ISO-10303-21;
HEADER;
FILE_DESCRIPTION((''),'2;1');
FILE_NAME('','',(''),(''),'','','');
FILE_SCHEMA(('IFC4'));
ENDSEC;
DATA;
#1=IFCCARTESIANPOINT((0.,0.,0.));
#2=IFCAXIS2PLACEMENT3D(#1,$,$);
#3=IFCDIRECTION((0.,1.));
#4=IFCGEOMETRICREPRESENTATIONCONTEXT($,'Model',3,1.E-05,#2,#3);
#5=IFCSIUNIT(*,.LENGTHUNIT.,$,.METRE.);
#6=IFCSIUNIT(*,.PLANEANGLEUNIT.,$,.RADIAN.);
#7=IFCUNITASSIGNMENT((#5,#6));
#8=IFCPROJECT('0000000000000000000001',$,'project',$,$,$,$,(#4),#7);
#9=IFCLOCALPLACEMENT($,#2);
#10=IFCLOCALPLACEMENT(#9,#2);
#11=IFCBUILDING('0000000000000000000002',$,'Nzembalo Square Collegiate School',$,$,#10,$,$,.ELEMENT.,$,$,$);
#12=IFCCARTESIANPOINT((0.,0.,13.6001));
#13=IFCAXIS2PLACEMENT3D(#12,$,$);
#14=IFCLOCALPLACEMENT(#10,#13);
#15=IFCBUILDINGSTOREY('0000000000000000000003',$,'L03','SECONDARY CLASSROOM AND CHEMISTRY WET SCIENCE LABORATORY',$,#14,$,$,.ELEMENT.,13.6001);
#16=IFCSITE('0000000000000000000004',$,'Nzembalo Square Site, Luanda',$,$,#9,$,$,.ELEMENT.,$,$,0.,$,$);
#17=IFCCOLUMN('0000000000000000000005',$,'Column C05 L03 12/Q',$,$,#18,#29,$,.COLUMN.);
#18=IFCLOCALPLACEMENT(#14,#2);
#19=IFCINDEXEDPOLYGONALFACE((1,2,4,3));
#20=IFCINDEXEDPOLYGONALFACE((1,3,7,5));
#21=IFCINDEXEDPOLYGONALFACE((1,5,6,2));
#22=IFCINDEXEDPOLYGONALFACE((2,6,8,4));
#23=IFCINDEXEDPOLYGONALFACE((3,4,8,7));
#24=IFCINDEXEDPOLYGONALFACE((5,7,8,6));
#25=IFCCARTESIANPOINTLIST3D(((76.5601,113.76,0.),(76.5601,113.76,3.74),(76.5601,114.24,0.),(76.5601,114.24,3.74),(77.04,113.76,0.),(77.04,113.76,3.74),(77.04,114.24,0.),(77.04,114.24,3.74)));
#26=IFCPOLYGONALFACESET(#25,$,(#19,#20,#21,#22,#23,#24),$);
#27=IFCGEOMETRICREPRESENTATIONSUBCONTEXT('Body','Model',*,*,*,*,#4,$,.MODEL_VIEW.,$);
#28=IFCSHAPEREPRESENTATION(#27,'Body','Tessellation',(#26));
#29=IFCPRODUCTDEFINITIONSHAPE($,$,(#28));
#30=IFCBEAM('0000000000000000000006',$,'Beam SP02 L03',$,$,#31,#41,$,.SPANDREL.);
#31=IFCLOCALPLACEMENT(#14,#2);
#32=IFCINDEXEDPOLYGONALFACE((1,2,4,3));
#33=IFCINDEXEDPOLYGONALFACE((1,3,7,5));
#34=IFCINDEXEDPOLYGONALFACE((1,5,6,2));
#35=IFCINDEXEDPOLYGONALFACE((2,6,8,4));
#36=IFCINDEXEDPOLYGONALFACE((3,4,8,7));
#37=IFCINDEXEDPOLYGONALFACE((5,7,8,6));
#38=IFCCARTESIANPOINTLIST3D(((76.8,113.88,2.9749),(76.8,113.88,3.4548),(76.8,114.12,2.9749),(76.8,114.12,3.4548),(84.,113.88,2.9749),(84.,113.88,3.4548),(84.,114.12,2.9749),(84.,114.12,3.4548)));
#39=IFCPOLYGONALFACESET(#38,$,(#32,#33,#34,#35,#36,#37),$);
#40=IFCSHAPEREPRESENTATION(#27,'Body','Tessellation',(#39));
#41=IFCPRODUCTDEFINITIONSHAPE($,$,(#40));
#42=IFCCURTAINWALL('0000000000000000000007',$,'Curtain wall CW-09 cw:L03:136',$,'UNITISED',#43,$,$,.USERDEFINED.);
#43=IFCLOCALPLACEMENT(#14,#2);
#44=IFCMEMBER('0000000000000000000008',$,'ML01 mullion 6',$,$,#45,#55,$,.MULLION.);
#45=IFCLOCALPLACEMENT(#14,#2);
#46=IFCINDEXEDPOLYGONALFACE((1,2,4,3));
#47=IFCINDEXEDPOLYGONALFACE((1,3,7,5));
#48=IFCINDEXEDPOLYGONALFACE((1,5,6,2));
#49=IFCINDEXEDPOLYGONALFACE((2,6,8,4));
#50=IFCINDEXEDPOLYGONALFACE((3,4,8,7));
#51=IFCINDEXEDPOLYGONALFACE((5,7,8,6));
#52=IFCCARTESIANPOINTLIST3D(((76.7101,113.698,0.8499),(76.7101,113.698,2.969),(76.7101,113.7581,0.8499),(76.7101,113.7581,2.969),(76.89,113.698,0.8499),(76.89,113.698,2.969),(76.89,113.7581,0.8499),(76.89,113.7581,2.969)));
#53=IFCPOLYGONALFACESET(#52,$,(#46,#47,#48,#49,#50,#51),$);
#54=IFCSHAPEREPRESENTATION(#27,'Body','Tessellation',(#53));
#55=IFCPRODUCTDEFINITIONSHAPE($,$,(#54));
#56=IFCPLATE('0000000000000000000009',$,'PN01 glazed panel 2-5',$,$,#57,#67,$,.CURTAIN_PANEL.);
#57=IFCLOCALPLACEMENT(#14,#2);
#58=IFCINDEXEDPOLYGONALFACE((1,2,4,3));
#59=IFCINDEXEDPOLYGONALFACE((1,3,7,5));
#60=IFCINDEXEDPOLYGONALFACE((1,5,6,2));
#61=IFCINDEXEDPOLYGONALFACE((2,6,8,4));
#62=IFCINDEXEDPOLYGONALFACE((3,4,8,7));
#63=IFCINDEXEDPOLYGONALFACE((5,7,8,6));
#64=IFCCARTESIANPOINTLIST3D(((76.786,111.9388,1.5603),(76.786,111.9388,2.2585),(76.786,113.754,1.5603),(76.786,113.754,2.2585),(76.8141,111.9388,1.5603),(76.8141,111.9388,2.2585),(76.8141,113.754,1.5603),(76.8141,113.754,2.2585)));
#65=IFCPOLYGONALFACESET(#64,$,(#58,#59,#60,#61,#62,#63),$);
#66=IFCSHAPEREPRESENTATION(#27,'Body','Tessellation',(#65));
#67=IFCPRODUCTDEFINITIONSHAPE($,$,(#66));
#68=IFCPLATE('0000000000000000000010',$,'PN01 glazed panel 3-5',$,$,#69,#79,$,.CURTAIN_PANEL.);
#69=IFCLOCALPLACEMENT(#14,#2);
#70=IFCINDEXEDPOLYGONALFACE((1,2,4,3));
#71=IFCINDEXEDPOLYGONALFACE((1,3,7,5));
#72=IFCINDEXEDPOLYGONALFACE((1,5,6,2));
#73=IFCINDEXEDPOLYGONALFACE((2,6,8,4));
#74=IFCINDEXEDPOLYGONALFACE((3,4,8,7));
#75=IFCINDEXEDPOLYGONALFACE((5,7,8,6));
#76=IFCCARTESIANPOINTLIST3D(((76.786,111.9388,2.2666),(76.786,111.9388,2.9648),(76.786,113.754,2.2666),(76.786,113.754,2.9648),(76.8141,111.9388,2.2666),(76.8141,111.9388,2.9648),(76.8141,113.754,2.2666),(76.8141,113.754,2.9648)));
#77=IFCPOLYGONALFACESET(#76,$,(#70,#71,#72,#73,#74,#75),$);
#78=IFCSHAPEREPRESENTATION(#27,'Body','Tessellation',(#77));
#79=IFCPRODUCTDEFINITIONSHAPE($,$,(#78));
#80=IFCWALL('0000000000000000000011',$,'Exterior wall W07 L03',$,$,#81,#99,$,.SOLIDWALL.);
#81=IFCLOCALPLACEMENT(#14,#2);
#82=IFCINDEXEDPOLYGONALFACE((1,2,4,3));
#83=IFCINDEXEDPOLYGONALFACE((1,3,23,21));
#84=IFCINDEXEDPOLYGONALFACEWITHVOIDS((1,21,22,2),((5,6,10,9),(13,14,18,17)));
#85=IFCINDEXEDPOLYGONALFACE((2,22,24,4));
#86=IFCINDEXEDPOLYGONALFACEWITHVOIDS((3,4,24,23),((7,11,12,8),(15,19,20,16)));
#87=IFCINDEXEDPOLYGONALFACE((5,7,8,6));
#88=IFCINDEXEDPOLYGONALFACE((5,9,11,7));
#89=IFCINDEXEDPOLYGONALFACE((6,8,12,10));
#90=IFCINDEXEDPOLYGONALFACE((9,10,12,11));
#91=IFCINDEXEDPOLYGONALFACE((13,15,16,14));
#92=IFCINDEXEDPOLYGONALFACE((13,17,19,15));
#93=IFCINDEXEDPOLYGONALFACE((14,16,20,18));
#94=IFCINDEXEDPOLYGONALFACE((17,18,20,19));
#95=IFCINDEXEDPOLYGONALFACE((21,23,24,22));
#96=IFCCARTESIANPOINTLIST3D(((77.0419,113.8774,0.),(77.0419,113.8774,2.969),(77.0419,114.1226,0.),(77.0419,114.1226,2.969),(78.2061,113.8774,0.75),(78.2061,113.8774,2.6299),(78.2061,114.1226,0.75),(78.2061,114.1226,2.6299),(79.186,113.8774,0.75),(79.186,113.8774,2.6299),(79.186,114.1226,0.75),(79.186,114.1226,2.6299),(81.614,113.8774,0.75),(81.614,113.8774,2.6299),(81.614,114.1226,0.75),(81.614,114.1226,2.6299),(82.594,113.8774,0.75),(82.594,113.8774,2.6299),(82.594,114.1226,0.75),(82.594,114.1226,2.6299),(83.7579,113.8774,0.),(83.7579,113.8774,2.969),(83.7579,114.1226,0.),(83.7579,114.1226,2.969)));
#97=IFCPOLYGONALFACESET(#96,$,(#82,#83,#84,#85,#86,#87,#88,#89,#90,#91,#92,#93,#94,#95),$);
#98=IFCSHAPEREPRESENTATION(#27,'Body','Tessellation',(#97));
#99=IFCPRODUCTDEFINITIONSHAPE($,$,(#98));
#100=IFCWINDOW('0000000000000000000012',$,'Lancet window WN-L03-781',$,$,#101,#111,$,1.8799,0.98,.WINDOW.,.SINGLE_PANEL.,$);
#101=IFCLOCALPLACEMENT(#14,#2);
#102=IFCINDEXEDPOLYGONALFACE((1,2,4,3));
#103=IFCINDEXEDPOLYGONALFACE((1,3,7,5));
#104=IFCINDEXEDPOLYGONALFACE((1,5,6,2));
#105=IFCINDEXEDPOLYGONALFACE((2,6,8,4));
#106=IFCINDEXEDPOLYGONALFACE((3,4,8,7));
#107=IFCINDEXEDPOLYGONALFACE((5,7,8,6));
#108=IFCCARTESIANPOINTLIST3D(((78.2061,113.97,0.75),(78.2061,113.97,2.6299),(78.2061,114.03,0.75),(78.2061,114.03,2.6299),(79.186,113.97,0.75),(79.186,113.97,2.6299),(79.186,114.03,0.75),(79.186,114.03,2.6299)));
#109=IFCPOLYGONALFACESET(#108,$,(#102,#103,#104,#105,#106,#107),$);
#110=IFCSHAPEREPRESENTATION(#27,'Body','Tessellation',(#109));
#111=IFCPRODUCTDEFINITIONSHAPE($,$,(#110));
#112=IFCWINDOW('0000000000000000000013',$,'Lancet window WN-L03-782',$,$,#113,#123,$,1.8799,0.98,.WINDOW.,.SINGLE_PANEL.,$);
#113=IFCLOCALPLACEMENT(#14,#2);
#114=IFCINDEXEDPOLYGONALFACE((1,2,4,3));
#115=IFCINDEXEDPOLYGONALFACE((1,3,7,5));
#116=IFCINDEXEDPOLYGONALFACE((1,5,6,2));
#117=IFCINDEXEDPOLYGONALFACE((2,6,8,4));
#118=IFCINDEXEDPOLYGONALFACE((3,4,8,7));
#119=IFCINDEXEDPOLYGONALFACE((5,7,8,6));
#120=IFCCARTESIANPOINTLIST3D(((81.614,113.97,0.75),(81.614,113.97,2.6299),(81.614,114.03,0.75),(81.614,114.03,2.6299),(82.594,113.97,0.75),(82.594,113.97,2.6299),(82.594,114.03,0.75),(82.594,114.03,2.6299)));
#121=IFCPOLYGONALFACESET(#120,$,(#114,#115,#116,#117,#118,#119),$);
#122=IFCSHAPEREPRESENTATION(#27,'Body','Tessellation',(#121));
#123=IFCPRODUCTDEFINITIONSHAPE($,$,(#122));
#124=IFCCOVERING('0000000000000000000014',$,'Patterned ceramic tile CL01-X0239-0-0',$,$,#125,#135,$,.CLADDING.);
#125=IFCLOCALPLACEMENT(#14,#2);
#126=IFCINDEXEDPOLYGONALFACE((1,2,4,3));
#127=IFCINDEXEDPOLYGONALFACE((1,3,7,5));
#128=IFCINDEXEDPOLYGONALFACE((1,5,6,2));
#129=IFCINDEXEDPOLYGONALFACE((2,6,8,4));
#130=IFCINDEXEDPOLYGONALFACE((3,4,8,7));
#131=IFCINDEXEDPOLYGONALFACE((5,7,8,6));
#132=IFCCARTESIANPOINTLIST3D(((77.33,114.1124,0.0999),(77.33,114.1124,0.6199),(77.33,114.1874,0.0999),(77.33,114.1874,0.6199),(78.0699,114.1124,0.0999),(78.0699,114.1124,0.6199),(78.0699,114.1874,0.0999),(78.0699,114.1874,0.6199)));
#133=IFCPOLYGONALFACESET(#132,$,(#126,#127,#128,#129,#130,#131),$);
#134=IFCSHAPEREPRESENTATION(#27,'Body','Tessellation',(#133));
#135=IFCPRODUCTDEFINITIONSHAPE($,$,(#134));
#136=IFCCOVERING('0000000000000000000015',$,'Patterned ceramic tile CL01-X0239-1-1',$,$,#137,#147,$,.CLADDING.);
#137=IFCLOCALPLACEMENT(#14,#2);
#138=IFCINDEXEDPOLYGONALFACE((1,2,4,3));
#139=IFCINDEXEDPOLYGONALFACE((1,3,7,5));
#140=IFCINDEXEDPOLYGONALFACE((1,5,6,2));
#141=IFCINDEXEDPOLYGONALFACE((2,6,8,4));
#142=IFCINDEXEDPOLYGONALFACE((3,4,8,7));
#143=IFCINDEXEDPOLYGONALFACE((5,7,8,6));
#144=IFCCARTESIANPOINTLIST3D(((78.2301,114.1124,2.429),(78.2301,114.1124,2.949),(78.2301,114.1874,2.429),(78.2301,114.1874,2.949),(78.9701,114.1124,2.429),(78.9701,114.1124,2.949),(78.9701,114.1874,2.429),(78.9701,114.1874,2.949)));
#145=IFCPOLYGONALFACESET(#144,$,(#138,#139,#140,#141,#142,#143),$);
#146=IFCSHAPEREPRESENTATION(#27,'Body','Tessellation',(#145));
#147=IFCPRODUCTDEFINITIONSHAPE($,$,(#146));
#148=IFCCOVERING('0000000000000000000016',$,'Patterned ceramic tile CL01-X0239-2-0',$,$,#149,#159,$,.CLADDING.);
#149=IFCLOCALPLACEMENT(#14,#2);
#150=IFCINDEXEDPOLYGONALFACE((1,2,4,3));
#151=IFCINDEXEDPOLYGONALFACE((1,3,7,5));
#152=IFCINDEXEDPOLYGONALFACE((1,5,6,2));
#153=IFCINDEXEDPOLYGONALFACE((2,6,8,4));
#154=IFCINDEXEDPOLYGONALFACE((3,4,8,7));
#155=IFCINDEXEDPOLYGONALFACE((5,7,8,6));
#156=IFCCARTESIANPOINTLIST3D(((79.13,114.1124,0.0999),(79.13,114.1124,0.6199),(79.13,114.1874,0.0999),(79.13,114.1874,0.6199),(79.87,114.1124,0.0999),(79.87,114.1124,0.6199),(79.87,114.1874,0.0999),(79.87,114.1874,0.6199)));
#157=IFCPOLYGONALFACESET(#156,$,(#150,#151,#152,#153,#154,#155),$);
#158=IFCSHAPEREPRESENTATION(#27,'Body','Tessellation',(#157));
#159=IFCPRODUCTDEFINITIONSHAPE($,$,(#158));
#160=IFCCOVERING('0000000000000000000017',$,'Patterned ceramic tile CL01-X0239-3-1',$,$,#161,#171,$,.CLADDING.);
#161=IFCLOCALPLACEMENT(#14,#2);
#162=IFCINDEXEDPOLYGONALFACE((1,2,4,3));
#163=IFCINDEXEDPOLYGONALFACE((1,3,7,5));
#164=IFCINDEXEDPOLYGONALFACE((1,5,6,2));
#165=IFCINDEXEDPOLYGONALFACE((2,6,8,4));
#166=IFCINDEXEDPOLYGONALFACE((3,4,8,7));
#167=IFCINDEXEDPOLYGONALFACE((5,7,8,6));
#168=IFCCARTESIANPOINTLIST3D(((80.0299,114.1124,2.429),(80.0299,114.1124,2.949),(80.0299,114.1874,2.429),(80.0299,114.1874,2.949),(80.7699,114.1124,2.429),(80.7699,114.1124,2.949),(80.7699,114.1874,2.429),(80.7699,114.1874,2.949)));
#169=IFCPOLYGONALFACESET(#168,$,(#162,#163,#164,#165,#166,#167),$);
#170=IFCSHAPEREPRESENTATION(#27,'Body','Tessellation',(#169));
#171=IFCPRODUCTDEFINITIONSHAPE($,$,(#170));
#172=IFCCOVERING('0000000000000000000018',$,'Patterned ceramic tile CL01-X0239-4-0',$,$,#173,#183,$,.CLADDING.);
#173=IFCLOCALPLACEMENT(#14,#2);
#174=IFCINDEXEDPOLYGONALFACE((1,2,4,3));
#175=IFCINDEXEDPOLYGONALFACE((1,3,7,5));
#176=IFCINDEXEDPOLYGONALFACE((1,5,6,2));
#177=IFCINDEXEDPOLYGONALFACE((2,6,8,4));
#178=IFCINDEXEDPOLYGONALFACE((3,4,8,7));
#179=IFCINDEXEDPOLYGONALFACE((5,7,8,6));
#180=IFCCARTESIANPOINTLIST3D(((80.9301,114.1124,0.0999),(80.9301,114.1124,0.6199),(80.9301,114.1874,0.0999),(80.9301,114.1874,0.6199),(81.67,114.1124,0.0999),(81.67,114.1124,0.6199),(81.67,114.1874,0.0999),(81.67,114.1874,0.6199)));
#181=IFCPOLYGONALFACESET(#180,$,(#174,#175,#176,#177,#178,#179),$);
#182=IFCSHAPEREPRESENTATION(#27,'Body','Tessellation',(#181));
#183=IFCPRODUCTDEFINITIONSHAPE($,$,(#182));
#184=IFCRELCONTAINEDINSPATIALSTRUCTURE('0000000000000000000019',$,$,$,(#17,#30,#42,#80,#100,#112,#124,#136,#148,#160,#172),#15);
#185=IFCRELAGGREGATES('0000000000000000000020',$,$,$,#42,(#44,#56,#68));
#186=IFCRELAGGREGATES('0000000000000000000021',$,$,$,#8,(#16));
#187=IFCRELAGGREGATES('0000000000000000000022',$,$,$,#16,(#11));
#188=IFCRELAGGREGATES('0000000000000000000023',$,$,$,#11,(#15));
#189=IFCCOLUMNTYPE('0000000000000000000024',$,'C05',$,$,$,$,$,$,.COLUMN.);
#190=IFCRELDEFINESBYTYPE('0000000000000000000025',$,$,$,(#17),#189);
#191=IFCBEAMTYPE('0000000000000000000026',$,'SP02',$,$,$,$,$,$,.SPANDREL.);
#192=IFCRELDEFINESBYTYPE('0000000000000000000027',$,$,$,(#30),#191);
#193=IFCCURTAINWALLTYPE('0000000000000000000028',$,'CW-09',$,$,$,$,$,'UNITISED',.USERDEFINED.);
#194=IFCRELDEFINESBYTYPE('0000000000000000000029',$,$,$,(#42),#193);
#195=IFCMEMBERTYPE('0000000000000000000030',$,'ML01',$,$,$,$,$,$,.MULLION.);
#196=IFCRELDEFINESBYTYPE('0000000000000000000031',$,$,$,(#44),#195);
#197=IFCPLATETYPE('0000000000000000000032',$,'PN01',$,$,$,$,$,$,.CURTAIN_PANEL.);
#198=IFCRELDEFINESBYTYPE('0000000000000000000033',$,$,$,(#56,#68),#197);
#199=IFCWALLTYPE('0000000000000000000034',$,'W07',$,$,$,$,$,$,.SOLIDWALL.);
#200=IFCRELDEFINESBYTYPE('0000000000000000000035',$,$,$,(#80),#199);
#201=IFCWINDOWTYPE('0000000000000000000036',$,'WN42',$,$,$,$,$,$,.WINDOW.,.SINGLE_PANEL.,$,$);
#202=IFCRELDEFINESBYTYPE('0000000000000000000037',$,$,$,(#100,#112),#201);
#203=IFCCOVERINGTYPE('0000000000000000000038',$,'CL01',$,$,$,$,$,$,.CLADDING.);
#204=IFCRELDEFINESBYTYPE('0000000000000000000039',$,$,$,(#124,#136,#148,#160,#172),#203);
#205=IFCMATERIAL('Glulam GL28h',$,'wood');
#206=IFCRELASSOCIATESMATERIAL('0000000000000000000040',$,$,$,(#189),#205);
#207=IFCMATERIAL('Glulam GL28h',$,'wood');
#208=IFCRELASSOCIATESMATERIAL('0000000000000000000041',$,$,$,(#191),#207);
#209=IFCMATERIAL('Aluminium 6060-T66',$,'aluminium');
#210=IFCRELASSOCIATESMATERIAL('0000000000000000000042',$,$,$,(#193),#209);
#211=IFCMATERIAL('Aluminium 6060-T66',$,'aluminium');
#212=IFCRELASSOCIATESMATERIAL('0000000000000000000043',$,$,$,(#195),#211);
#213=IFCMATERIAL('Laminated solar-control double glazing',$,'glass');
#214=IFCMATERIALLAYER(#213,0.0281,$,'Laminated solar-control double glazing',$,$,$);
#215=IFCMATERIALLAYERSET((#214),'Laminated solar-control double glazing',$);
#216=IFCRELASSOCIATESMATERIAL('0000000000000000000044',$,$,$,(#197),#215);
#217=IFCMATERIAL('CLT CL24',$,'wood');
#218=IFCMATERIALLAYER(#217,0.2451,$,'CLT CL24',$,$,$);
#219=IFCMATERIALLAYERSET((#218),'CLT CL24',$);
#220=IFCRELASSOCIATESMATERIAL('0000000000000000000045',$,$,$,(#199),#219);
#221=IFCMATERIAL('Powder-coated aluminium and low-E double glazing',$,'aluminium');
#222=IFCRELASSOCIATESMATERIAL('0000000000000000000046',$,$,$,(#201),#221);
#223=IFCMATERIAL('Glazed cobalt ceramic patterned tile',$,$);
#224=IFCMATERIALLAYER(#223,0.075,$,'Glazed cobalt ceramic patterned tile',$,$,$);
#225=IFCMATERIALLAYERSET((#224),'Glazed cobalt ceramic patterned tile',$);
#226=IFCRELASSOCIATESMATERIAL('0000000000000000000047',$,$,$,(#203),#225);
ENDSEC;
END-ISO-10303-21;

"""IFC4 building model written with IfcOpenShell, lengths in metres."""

from ifc_helpers import new_model, si_unit, direction, frame, frame_2d, origin, origin_2d, place, context, subcontext, project, spatial, rectangle, extrude, material, layer, layer_set, material_profile, profile_set, type_object, element, fill, aggregate, save


model = new_model("IFC4")

# Units and contexts
model_context = context("Model", 3, precision=1e-05, world=origin(), true_north=direction((0.0, 1.0)))
body_context = subcontext(model_context, "Body", "Model", "MODEL_VIEW")
ifc_project = project(units=[si_unit("LENGTHUNIT", "METRE"), si_unit("PLANEANGLEUNIT", "RADIAN")], contexts=[model_context])

# Site, building, storey
site_placement = place(None, origin())
site = spatial("IfcSite", under=ifc_project, at=site_placement, Name="Nzembalo Square Site, Luanda", CompositionType="ELEMENT", RefElevation=0.0)
building_placement = place(site_placement, origin())
building = spatial("IfcBuilding", under=site, at=building_placement, Name="Nzembalo Square Collegiate School", CompositionType="ELEMENT")
storey_placement = place(building_placement, frame((0.0, 0.0, 13.6001)))
storey = spatial("IfcBuildingStorey", under=building, at=storey_placement, Name="L03", Description="SECONDARY CLASSROOM AND CHEMISTRY WET SCIENCE LABORATORY", CompositionType="ELEMENT", Elevation=13.6001)

# Column
ifc_material_1 = material(Name="Glulam GL28h", Category="wood")
ifc_material_profile_1 = material_profile(ifc_material_1, rectangle(XDim=0.48, YDim=0.48, at=origin_2d()), Name="GL28h 480x480")
ifc_profile_set_1 = profile_set([ifc_material_profile_1], Name="Glulam GL28h")
column_type = type_object("IfcColumnType", Name="C05", PredefinedType="COLUMN", material=ifc_profile_set_1)
column_placement = place(storey_placement, frame((76.8, 114.0, 0.0), z_axis=(0.0, 0.0, 1.0), x_axis=(1.0, 0.0, 0.0)))
element("IfcColumn", 1, at=column_placement, inside=storey, type_object=column_type, Name="Column C05 L03 12/Q", PredefinedType="COLUMN", context=body_context, shape_type="SweptSolid", body=[
    extrude(rectangle(XDim=0.48, YDim=0.48, at=origin_2d()), origin(), (0.0, 0.0, 1.0), 3.74),
])

# Beam
ifc_material_2 = material(Name="Glulam GL28h", Category="wood")
ifc_material_profile_2 = material_profile(ifc_material_2, rectangle(XDim=0.24, YDim=0.48, at=origin_2d()), Name="GL28h 240x480")
ifc_profile_set_2 = profile_set([ifc_material_profile_2], Name="Glulam GL28h")
beam_type = type_object("IfcBeamType", Name="SP02", PredefinedType="SPANDREL", material=ifc_profile_set_2)
beam_placement = place(storey_placement, frame((76.8, 114.0, 3.2148), z_axis=(1.0, 0.0, 0.0), x_axis=(0.0, 1.0, 0.0)))
element("IfcBeam", 2, at=beam_placement, inside=storey, type_object=beam_type, Name="Beam SP02 L03", PredefinedType="SPANDREL", context=body_context, shape_type="SweptSolid", body=[
    extrude(rectangle(XDim=0.24, YDim=0.48, at=origin_2d()), origin(), (0.0, 0.0, 1.0), 7.2),
])

# Curtain wall, member, plates
ifc_material_3 = material(Name="Aluminium 6060-T66", Category="aluminium")
curtain_wall_type = type_object("IfcCurtainWallType", Name="CW-09", ElementType="UNITISED", PredefinedType="USERDEFINED", material=ifc_material_3)
curtain_wall_placement = place(storey_placement, origin())
curtain_wall = element("IfcCurtainWall", 3, at=curtain_wall_placement, inside=storey, type_object=curtain_wall_type, Name="Curtain wall CW-09 cw:L03:136", ObjectType="UNITISED", PredefinedType="USERDEFINED")
ifc_material_4 = material(Name="Aluminium 6060-T66", Category="aluminium")
ifc_material_profile_3 = material_profile(ifc_material_4, rectangle(XDim=0.0601, YDim=0.1799, at=origin_2d()), Name="ALU M60x180")
ifc_profile_set_3 = profile_set([ifc_material_profile_3], Name="Aluminium 6060-T66")
member_type = type_object("IfcMemberType", Name="ML01", PredefinedType="MULLION", material=ifc_profile_set_3)
member_placement = place(storey_placement, frame((76.8, 113.728, 0.8499), z_axis=(0.0, 0.0, 1.0), x_axis=(0.0, 1.0, 0.0)))
member = element("IfcMember", 4, at=member_placement, type_object=member_type, Name="ML01 mullion 6", PredefinedType="MULLION", context=body_context, shape_type="SweptSolid", body=[
    extrude(rectangle(XDim=0.0601, YDim=0.1799, at=origin_2d()), origin(), (0.0, 0.0, 1.0), 2.1191),
])
ifc_material_5 = material(Name="Laminated solar-control double glazing", Category="glass")
ifc_layer_1 = layer(ifc_material_5, 0.0281, Name="Laminated solar-control double glazing")
ifc_layer_set_1 = layer_set([ifc_layer_1], Name="Laminated solar-control double glazing")
plate_type = type_object("IfcPlateType", Name="PN01", PredefinedType="CURTAIN_PANEL", material=ifc_layer_set_1)
plate_1_placement = place(storey_placement, frame((76.8, 112.8464, 1.5603), z_axis=(0.0, 0.0, 1.0), x_axis=(0.0, 1.0, 0.0)))
plate_1 = element("IfcPlate", 5, at=plate_1_placement, type_object=plate_type, Name="PN01 glazed panel 2-5", PredefinedType="CURTAIN_PANEL", context=body_context, shape_type="SweptSolid", body=[
    extrude(rectangle(XDim=1.8152, YDim=0.0281, at=origin_2d()), origin(), (0.0, 0.0, 1.0), 0.6982),
])
plate_2_placement = place(storey_placement, frame((76.8, 112.8464, 2.2666), z_axis=(0.0, 0.0, 1.0), x_axis=(0.0, 1.0, 0.0)))
plate_2 = element("IfcPlate", 6, at=plate_2_placement, type_object=plate_type, Name="PN01 glazed panel 3-5", PredefinedType="CURTAIN_PANEL", context=body_context, shape_type="SweptSolid", body=[
    extrude(rectangle(XDim=1.8152, YDim=0.0281, at=origin_2d()), origin(), (0.0, 0.0, 1.0), 0.6982),
])
aggregate(curtain_wall, [member, plate_1, plate_2])

# Wall, openings, windows
ifc_material_6 = material(Name="CLT CL24", Category="wood")
ifc_layer_2 = layer(ifc_material_6, 0.2451, Name="CLT CL24")
ifc_layer_set_2 = layer_set([ifc_layer_2], Name="CLT CL24")
wall_type = type_object("IfcWallType", Name="W07", PredefinedType="SOLIDWALL", material=ifc_layer_set_2)
wall_placement = place(storey_placement, frame((77.042, 114.0, 0.0), z_axis=(0.0, 0.0, 1.0), x_axis=(1.0, 0.0, 0.0)))
wall = element("IfcWall", 7, at=wall_placement, inside=storey, type_object=wall_type, Name="Exterior wall W07 L03", PredefinedType="SOLIDWALL", context=body_context, shape_type="SweptSolid", body=[
    extrude(rectangle(XDim=6.7161, YDim=0.2451, at=frame_2d((3.3579, 0.0))), origin(), (0.0, 0.0, 1.0), 2.969),
])
opening_1_placement = place(wall_placement, frame((1.1641, 0.0, 0.75)))
opening_1 = element("IfcOpeningElement", 8, at=opening_1_placement, cuts=wall, PredefinedType="OPENING", context=body_context, shape_type="SweptSolid", body=[
    extrude(rectangle(XDim=0.98, YDim=1.8799, at=frame_2d((0.49, 0.9399))), frame((0.0, 0.1326, 0.0), z_axis=(0.0, -1.0, 0.0), x_axis=(1.0, 0.0, 0.0)), (0.0, 0.0, 1.0), 0.2651),
])
opening_2_placement = place(wall_placement, frame((4.572, 0.0, 0.75)))
opening_2 = element("IfcOpeningElement", 9, at=opening_2_placement, cuts=wall, PredefinedType="OPENING", context=body_context, shape_type="SweptSolid", body=[
    extrude(rectangle(XDim=0.98, YDim=1.8799, at=frame_2d((0.49, 0.9399))), frame((0.0, 0.1326, 0.0), z_axis=(0.0, -1.0, 0.0), x_axis=(1.0, 0.0, 0.0)), (0.0, 0.0, 1.0), 0.2651),
])
ifc_material_7 = material(Name="Powder-coated aluminium and low-E double glazing", Category="aluminium")
window_type = type_object("IfcWindowType", Name="WN42", PartitioningType="SINGLE_PANEL", PredefinedType="WINDOW", material=ifc_material_7)
window_1_placement = place(opening_1_placement, origin())
window_1 = element("IfcWindow", 10, at=window_1_placement, inside=storey, type_object=window_type, Name="Lancet window WN-L03-781", OverallHeight=1.8799, OverallWidth=0.98, PartitioningType="SINGLE_PANEL", PredefinedType="WINDOW", context=body_context, shape_type="SweptSolid", body=[
    extrude(rectangle(XDim=0.98, YDim=1.8799, at=frame_2d((0.49, 0.9399))), frame((0.0, 0.03, 0.0), z_axis=(0.0, -1.0, 0.0), x_axis=(1.0, 0.0, 0.0)), (0.0, 0.0, 1.0), 0.0601),
])
fill(opening_1, window_1)
window_2_placement = place(opening_2_placement, origin())
window_2 = element("IfcWindow", 11, at=window_2_placement, inside=storey, type_object=window_type, Name="Lancet window WN-L03-782", OverallHeight=1.8799, OverallWidth=0.98, PartitioningType="SINGLE_PANEL", PredefinedType="WINDOW", context=body_context, shape_type="SweptSolid", body=[
    extrude(rectangle(XDim=0.98, YDim=1.8799, at=frame_2d((0.49, 0.9399))), frame((0.0, 0.03, 0.0), z_axis=(0.0, -1.0, 0.0), x_axis=(1.0, 0.0, 0.0)), (0.0, 0.0, 1.0), 0.0601),
])
fill(opening_2, window_2)

# Coverings
ifc_material_8 = material(Name="Glazed cobalt ceramic patterned tile")
ifc_layer_3 = layer(ifc_material_8, 0.075, Name="Glazed cobalt ceramic patterned tile")
ifc_layer_set_3 = layer_set([ifc_layer_3], Name="Glazed cobalt ceramic patterned tile")
covering_type_1 = type_object("IfcCoveringType", Name="CL01", PredefinedType="CLADDING", material=ifc_layer_set_3)
for number, where, z_axis, x_axis, name in (
    (12, (77.7, 114.1499, 0.0999), (0.0, 0.0, 1.0), (1.0, 0.0, 0.0), "Patterned ceramic tile CL01-X0239-0-0"),
    (13, (78.6001, 114.1499, 2.429), (0.0, 0.0, 1.0), (1.0, 0.0, 0.0), "Patterned ceramic tile CL01-X0239-1-1"),
    (14, (79.5, 114.1499, 0.0999), (0.0, 0.0, 1.0), (1.0, 0.0, 0.0), "Patterned ceramic tile CL01-X0239-2-0"),
    (15, (80.3999, 114.1499, 2.429), (0.0, 0.0, 1.0), (1.0, 0.0, 0.0), "Patterned ceramic tile CL01-X0239-3-1"),
    (16, (81.3, 114.1499, 0.0999), (0.0, 0.0, 1.0), (1.0, 0.0, 0.0), "Patterned ceramic tile CL01-X0239-4-0"),
):
    element("IfcCovering", number, at=place(storey_placement, frame(where, z_axis=z_axis, x_axis=x_axis)), inside=storey, type_object=covering_type_1, Name=name, PredefinedType="CLADDING", context=body_context, shape_type="SweptSolid", body=[
        extrude(rectangle(XDim=0.74, YDim=0.075, at=origin_2d()), origin(), (0.0, 0.0, 1.0), 0.52),
    ])

save(model, "model.ifc")
